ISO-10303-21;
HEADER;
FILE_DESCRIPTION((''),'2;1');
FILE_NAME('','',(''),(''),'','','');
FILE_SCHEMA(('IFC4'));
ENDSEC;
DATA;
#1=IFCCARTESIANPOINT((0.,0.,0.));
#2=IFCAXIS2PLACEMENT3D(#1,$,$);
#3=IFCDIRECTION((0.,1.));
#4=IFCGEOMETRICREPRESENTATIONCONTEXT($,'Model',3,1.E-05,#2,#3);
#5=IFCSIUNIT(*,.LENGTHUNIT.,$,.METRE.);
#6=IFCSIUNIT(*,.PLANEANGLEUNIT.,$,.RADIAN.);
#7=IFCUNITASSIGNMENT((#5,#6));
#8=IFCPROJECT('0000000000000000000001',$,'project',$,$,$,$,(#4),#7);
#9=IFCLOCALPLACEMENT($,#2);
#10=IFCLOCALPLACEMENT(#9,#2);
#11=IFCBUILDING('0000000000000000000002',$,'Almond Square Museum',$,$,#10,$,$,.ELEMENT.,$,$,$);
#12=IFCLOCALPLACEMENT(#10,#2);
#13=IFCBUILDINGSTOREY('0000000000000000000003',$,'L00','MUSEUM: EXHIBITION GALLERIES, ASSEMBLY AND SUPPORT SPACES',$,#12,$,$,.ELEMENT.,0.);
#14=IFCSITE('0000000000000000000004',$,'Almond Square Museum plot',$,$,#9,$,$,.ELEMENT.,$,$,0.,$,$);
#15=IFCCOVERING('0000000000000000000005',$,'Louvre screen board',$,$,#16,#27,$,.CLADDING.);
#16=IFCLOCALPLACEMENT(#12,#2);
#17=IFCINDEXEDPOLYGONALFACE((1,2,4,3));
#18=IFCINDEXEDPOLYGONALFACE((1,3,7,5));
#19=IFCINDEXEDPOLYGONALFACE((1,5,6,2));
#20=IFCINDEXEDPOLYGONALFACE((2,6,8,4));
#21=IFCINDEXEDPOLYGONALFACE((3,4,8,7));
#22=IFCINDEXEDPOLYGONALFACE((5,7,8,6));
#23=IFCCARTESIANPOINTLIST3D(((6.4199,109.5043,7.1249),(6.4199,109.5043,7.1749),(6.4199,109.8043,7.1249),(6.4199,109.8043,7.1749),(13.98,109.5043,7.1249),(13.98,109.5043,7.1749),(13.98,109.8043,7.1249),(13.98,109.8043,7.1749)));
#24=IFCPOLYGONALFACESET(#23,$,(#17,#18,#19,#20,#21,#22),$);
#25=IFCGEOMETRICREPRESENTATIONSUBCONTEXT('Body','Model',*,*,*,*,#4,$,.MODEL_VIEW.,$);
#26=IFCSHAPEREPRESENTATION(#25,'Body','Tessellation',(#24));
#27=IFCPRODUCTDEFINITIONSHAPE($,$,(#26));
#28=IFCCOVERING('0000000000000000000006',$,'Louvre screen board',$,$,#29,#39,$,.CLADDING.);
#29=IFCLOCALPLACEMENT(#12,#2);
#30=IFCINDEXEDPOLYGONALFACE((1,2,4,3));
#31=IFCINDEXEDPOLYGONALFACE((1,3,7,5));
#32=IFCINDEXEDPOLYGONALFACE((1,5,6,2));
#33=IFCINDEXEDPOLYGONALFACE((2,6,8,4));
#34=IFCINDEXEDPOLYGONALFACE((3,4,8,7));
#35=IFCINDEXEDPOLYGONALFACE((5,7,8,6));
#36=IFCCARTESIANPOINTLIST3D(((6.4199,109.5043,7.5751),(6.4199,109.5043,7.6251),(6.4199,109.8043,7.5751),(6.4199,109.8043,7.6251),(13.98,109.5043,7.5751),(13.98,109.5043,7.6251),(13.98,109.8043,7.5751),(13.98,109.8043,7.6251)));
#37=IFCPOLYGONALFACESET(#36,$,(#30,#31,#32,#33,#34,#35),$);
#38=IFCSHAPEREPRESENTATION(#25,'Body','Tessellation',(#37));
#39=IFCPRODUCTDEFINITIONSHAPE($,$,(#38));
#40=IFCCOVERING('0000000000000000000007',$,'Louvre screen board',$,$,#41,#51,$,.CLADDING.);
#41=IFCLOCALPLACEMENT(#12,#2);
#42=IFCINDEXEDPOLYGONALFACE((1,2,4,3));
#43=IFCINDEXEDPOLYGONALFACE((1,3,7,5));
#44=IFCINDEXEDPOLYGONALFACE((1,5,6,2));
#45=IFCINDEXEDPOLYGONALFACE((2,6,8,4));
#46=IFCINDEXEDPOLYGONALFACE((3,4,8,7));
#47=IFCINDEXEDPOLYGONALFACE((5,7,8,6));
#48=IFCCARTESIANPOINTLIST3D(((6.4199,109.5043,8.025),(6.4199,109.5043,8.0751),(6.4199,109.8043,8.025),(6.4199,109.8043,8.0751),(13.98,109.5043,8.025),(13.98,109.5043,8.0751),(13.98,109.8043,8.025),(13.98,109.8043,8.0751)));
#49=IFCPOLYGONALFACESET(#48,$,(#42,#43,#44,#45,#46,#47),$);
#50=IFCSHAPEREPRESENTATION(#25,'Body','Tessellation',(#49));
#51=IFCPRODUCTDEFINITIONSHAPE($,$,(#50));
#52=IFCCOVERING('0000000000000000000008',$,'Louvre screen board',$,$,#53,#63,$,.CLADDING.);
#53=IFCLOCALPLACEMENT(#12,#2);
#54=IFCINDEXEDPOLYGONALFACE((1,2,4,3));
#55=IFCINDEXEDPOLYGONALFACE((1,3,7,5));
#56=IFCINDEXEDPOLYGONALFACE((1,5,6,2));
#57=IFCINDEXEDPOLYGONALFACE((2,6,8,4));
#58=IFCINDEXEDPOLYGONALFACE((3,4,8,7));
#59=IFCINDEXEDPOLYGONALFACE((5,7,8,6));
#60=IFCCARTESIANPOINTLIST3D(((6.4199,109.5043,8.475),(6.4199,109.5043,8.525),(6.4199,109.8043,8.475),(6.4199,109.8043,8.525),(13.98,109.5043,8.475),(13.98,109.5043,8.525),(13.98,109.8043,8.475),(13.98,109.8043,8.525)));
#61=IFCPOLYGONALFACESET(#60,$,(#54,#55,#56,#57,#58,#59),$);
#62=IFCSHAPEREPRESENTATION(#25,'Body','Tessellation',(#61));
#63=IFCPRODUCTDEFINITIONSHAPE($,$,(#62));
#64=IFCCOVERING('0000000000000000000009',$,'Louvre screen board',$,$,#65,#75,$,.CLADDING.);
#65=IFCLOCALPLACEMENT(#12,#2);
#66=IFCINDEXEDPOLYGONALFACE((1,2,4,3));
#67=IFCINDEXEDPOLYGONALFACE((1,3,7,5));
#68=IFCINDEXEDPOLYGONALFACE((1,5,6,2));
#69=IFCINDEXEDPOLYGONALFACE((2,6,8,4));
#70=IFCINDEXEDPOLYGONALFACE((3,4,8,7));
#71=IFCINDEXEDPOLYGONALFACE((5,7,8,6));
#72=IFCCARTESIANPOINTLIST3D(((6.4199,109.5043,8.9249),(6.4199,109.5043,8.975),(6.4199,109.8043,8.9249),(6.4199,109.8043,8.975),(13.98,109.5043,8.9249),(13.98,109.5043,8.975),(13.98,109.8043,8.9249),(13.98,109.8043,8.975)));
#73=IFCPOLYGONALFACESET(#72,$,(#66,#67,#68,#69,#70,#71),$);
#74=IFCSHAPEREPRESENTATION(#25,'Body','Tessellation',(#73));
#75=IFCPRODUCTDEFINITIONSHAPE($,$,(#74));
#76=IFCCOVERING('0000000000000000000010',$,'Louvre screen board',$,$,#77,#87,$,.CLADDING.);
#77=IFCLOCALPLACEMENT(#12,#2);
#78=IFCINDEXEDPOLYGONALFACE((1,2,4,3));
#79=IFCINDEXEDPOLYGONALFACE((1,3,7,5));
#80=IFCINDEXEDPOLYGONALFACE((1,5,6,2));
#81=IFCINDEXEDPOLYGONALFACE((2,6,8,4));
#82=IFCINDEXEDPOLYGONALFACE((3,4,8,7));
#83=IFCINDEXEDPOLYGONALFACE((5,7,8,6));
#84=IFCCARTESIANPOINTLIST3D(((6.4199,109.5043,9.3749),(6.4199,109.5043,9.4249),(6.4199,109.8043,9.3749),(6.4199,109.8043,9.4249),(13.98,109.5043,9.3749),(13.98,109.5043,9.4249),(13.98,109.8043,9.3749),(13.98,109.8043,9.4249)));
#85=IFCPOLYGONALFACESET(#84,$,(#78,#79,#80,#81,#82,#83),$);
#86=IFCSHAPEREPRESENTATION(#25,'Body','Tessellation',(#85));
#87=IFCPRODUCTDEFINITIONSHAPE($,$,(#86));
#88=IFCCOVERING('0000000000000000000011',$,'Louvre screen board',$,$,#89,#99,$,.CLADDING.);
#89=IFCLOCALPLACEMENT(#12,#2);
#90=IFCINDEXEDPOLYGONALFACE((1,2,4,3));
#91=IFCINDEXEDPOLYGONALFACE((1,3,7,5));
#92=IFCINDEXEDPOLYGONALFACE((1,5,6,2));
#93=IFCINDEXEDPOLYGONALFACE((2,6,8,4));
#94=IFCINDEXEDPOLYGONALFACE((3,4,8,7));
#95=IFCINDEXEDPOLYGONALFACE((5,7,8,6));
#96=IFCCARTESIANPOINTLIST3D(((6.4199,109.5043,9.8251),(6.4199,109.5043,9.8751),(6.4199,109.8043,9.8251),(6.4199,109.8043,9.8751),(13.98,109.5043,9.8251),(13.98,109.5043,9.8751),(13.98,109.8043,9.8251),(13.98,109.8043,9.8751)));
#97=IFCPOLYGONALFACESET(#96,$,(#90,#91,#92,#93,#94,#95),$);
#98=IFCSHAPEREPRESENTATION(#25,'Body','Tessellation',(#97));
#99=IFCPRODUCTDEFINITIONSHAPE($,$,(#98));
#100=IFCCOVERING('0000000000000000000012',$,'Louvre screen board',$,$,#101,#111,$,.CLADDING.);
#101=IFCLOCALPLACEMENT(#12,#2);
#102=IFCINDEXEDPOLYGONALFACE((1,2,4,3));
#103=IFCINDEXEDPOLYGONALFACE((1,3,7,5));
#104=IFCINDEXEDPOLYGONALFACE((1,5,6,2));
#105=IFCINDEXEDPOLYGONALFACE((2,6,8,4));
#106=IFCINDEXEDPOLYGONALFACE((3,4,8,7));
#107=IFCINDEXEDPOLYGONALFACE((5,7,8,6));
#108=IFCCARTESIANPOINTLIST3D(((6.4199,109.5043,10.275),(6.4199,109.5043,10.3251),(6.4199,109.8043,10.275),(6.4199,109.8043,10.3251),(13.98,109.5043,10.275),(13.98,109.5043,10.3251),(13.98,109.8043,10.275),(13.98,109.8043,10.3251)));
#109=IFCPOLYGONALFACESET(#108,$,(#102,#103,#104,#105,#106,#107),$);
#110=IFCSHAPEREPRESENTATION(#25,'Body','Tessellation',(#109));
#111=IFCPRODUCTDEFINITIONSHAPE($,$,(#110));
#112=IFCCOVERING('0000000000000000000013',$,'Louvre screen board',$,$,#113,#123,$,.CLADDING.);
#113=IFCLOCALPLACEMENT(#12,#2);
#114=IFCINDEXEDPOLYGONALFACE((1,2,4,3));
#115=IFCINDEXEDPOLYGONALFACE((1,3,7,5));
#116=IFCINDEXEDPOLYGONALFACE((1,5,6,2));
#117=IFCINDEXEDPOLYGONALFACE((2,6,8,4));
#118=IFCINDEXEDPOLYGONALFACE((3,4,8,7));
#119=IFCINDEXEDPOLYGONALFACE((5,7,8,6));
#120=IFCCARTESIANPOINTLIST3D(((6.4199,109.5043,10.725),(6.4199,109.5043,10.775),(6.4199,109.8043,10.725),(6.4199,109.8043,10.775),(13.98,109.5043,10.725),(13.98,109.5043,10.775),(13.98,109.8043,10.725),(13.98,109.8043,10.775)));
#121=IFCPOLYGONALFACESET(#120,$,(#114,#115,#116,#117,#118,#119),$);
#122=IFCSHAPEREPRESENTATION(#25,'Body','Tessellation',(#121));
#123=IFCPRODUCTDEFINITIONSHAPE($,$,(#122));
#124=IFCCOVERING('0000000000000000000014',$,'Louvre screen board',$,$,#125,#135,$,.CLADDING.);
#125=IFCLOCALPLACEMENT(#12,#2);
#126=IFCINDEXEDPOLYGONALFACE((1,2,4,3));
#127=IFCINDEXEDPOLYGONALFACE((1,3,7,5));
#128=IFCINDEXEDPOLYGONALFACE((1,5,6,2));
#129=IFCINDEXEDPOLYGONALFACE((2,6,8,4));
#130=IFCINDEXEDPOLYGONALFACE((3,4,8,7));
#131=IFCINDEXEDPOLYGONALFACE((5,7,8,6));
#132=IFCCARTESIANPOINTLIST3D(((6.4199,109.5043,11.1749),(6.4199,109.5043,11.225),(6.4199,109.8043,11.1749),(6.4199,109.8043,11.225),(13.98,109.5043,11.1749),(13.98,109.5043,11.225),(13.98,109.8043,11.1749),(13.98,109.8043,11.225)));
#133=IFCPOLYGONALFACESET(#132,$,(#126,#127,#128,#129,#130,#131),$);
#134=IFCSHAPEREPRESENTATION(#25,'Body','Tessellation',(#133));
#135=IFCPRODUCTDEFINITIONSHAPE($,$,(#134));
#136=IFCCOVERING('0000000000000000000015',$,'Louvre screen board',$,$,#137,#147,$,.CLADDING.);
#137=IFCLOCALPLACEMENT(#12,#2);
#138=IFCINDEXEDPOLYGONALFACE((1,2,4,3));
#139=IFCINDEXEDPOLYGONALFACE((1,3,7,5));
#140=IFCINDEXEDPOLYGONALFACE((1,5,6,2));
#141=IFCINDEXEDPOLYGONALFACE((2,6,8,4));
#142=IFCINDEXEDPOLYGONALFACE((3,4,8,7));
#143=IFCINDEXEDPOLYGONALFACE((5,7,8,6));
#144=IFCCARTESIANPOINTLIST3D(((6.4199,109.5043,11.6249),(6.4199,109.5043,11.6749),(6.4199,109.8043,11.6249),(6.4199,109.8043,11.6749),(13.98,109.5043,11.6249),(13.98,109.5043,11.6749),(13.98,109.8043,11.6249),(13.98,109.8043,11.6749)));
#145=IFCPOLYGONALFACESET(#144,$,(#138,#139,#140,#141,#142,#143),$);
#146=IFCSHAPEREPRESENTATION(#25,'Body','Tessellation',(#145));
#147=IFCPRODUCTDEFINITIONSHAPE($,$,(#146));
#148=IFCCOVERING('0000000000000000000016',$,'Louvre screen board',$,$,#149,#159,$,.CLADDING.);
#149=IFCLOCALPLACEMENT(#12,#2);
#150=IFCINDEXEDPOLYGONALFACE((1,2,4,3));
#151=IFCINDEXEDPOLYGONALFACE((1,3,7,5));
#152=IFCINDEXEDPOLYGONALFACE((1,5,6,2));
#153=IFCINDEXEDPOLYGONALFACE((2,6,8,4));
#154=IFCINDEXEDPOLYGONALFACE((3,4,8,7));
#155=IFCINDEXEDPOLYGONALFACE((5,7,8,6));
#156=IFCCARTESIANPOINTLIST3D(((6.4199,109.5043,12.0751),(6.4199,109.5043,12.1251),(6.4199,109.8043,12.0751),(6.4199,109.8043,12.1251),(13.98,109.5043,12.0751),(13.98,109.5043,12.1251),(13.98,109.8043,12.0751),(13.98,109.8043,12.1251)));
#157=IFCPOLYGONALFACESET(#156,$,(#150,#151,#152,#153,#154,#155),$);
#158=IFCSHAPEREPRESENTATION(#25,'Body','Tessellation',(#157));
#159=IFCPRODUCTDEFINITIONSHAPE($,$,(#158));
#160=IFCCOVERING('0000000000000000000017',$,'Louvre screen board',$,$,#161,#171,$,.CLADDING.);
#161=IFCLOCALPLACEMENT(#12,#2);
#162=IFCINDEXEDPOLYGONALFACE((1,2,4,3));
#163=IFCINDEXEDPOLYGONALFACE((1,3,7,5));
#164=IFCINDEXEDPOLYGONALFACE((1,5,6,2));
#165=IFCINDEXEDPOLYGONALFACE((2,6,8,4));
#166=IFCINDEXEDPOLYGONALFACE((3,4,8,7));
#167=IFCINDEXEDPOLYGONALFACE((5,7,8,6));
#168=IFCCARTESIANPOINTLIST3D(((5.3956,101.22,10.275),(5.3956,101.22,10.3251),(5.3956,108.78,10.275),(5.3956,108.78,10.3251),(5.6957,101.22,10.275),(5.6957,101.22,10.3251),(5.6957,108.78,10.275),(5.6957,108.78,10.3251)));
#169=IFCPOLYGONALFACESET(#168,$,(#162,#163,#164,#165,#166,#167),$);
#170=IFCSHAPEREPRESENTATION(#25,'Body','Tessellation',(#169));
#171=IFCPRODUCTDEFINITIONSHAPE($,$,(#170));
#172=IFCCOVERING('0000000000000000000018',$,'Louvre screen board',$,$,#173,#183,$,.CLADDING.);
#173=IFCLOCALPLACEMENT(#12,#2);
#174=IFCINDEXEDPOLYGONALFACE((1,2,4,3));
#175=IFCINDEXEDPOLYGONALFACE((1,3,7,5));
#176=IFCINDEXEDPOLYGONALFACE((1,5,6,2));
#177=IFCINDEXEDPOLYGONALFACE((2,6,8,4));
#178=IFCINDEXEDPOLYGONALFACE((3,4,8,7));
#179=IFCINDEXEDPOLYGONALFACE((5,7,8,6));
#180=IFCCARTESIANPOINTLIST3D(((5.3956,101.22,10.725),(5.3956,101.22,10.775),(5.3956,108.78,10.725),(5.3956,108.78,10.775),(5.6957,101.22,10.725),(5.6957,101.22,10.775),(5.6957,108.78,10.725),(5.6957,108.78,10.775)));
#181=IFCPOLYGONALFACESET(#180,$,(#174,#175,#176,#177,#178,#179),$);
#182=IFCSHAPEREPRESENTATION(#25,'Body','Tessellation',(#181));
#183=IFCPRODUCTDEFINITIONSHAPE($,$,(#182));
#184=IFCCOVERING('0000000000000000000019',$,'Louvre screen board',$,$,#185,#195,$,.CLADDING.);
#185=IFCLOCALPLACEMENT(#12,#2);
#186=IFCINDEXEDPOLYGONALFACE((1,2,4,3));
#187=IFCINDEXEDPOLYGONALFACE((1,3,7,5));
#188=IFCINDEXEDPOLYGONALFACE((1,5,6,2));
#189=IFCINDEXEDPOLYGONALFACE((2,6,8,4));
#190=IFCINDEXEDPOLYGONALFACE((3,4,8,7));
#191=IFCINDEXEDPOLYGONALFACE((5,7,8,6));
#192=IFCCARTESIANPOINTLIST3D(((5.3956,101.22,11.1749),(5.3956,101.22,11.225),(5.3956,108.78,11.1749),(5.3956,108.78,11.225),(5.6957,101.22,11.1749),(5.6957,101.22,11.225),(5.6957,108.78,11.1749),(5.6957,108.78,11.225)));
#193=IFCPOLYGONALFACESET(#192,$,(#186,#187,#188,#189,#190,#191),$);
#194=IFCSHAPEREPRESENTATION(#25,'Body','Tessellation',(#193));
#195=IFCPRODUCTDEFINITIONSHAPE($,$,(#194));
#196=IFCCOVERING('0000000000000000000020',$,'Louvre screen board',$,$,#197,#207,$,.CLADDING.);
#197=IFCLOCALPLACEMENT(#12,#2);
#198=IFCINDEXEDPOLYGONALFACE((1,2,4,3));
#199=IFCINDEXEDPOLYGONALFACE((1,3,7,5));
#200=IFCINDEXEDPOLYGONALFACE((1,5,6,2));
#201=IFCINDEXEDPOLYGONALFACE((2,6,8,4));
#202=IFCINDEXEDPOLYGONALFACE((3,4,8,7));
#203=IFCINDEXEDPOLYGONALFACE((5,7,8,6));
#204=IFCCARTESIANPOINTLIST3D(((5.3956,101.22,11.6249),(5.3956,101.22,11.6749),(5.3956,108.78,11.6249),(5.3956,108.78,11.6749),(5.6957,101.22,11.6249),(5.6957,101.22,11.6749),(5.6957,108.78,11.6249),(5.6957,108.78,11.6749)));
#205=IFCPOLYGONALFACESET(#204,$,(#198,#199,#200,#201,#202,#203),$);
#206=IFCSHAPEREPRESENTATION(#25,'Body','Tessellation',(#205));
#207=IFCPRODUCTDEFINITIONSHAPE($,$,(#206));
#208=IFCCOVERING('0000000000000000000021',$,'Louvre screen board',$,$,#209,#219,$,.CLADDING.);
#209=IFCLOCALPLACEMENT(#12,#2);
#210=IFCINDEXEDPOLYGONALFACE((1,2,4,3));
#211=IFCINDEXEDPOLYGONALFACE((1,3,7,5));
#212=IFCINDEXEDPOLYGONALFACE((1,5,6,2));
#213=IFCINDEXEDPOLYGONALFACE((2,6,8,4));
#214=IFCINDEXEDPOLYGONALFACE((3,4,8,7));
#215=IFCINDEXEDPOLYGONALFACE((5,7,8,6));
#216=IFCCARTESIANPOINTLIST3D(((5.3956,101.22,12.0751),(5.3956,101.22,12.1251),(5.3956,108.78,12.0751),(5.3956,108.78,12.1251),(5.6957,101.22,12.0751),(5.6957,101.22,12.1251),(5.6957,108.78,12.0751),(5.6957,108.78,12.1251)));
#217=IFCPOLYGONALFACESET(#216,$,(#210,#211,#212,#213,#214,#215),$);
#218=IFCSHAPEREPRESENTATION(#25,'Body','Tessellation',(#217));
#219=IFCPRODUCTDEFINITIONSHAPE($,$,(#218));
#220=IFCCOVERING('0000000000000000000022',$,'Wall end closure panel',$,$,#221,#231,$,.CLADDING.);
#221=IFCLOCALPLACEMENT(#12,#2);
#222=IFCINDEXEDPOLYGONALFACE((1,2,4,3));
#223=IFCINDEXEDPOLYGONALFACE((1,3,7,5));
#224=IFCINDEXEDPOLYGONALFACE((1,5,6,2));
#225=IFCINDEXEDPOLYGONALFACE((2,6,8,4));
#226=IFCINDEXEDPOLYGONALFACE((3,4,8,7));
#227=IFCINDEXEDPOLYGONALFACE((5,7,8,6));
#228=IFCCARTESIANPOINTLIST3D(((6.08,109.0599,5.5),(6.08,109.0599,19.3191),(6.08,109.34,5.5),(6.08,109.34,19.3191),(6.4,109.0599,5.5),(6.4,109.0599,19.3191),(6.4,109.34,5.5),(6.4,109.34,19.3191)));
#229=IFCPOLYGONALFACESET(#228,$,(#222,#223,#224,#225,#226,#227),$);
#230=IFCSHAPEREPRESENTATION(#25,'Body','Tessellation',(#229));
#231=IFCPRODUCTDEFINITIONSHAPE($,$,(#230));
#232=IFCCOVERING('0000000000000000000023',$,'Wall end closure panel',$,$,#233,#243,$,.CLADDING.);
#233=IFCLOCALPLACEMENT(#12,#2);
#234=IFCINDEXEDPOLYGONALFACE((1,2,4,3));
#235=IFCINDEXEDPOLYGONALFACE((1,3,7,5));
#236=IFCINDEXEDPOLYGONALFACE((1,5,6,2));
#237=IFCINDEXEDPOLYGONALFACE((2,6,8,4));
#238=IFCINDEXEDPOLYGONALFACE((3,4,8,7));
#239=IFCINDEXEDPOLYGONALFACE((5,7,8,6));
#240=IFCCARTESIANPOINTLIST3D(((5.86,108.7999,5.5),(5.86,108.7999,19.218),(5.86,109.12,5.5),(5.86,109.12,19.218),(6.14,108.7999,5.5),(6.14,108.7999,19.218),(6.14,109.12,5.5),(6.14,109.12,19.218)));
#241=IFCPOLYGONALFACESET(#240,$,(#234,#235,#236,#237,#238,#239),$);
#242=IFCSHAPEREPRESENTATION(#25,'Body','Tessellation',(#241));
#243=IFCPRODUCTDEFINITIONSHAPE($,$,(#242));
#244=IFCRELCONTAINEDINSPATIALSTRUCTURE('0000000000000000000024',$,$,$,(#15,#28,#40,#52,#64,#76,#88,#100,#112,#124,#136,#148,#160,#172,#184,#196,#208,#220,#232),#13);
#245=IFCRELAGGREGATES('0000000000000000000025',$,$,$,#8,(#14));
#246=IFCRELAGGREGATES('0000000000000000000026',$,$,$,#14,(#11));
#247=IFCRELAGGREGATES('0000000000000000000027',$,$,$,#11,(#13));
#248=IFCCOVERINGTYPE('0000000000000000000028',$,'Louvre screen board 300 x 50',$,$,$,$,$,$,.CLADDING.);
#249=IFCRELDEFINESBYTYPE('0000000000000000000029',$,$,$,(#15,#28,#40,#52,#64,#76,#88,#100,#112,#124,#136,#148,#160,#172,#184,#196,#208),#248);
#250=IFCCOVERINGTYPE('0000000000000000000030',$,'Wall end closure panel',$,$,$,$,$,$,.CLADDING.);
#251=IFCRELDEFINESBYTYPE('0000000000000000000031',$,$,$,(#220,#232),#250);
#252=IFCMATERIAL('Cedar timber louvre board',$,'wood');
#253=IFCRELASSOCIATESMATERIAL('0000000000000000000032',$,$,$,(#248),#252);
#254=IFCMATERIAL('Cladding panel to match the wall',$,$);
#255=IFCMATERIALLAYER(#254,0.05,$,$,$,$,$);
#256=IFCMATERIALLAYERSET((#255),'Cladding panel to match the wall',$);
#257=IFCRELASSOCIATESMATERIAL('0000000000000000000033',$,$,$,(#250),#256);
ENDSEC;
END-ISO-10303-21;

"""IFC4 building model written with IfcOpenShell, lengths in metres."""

from ifc_helpers import new_model, si_unit, direction, frame, origin, origin_2d, place, context, subcontext, project, spatial, rectangle, extrude, material, layer, layer_set, material_profile, profile_set, type_object, element, save


model = new_model("IFC4")

# Units and contexts
model_context = context("Model", 3, precision=1e-05, world=origin(), true_north=direction((0.0, 1.0)))
body_context = subcontext(model_context, "Body", "Model", "MODEL_VIEW")
ifc_project = project(units=[si_unit("LENGTHUNIT", "METRE"), si_unit("PLANEANGLEUNIT", "RADIAN")], contexts=[model_context])

# Site, building, storey
site_placement = place(None, origin())
site = spatial("IfcSite", under=ifc_project, at=site_placement, Name="Almond Square Museum plot", CompositionType="ELEMENT", RefElevation=0.0)
building_placement = place(site_placement, origin())
building = spatial("IfcBuilding", under=site, at=building_placement, Name="Almond Square Museum", CompositionType="ELEMENT")
storey_placement = place(building_placement, origin())
storey = spatial("IfcBuildingStorey", under=building, at=storey_placement, Name="L00", Description="MUSEUM: EXHIBITION GALLERIES, ASSEMBLY AND SUPPORT SPACES", CompositionType="ELEMENT", Elevation=0.0)

# Coverings
ifc_material_1 = material(Name="Cedar timber louvre board", Category="wood")
ifc_material_profile_1 = material_profile(ifc_material_1, rectangle(XDim=0.3, YDim=0.05, at=origin_2d()))
ifc_profile_set_1 = profile_set([ifc_material_profile_1], Name="Cedar timber louvre board")
covering_type_1 = type_object("IfcCoveringType", Name="Louvre screen board 300 x 50", PredefinedType="CLADDING", material=ifc_profile_set_1)
for number, where, z_axis, x_axis, name in (
    (1, (6.4199, 109.6543, 7.1499), (1.0, 0.0, 0.0), (0.0, 1.0, 0.0), "Louvre screen board"),
    (2, (6.4199, 109.6543, 7.6001), (1.0, 0.0, 0.0), (0.0, 1.0, 0.0), "Louvre screen board"),
    (3, (6.4199, 109.6543, 8.05), (1.0, 0.0, 0.0), (0.0, 1.0, 0.0), "Louvre screen board"),
    (4, (6.4199, 109.6543, 8.5), (1.0, 0.0, 0.0), (0.0, 1.0, 0.0), "Louvre screen board"),
    (5, (6.4199, 109.6543, 8.95), (1.0, 0.0, 0.0), (0.0, 1.0, 0.0), "Louvre screen board"),
    (6, (6.4199, 109.6543, 9.3999), (1.0, 0.0, 0.0), (0.0, 1.0, 0.0), "Louvre screen board"),
    (7, (6.4199, 109.6543, 9.8501), (1.0, 0.0, 0.0), (0.0, 1.0, 0.0), "Louvre screen board"),
    (8, (6.4199, 109.6543, 10.3), (1.0, 0.0, 0.0), (0.0, 1.0, 0.0), "Louvre screen board"),
    (9, (6.4199, 109.6543, 10.75), (1.0, 0.0, 0.0), (0.0, 1.0, 0.0), "Louvre screen board"),
    (10, (6.4199, 109.6543, 11.2), (1.0, 0.0, 0.0), (0.0, 1.0, 0.0), "Louvre screen board"),
    (11, (6.4199, 109.6543, 11.6499), (1.0, 0.0, 0.0), (0.0, 1.0, 0.0), "Louvre screen board"),
    (12, (6.4199, 109.6543, 12.1001), (1.0, 0.0, 0.0), (0.0, 1.0, 0.0), "Louvre screen board"),
    (13, (5.5457, 101.22, 10.3), (0.0, 1.0, 0.0), (-1.0, 0.0, 0.0), "Louvre screen board"),
    (14, (5.5457, 101.22, 10.75), (0.0, 1.0, 0.0), (-1.0, 0.0, 0.0), "Louvre screen board"),
    (15, (5.5457, 101.22, 11.2), (0.0, 1.0, 0.0), (-1.0, 0.0, 0.0), "Louvre screen board"),
    (16, (5.5457, 101.22, 11.6499), (0.0, 1.0, 0.0), (-1.0, 0.0, 0.0), "Louvre screen board"),
    (17, (5.5457, 101.22, 12.1001), (0.0, 1.0, 0.0), (-1.0, 0.0, 0.0), "Louvre screen board"),
):
    element("IfcCovering", number, at=place(storey_placement, frame(where, z_axis=z_axis, x_axis=x_axis)), inside=storey, type_object=covering_type_1, Name=name, PredefinedType="CLADDING", context=body_context, shape_type="SweptSolid", body=[
        extrude(rectangle(XDim=0.3, YDim=0.05, at=origin_2d()), origin(), (0.0, 0.0, 1.0), 7.5601),
    ])
ifc_material_2 = material(Name="Cladding panel to match the wall")
ifc_layer = layer(ifc_material_2, 0.05)
ifc_layer_set = layer_set([ifc_layer], Name="Cladding panel to match the wall")
covering_type_2 = type_object("IfcCoveringType", Name="Wall end closure panel", PredefinedType="CLADDING", material=ifc_layer_set)
covering_1_placement = place(storey_placement, frame((6.24, 109.2, 5.5), z_axis=(0.0, 0.0, 1.0), x_axis=(1.0, 0.0, 0.0)))
element("IfcCovering", 18, at=covering_1_placement, inside=storey, type_object=covering_type_2, Name="Wall end closure panel", PredefinedType="CLADDING", context=body_context, shape_type="SweptSolid", body=[
    extrude(rectangle(XDim=0.3201, YDim=0.28, at=origin_2d()), origin(), (0.0, 0.0, 1.0), 13.8191),
])
covering_2_placement = place(storey_placement, frame((6.0, 108.96, 5.5), z_axis=(0.0, 0.0, 1.0), x_axis=(1.0, 0.0, 0.0)))
element("IfcCovering", 19, at=covering_2_placement, inside=storey, type_object=covering_type_2, Name="Wall end closure panel", PredefinedType="CLADDING", context=body_context, shape_type="SweptSolid", body=[
    extrude(rectangle(XDim=0.28, YDim=0.3201, at=origin_2d()), origin(), (0.0, 0.0, 1.0), 13.718),
])

save(model, "model.ifc")
